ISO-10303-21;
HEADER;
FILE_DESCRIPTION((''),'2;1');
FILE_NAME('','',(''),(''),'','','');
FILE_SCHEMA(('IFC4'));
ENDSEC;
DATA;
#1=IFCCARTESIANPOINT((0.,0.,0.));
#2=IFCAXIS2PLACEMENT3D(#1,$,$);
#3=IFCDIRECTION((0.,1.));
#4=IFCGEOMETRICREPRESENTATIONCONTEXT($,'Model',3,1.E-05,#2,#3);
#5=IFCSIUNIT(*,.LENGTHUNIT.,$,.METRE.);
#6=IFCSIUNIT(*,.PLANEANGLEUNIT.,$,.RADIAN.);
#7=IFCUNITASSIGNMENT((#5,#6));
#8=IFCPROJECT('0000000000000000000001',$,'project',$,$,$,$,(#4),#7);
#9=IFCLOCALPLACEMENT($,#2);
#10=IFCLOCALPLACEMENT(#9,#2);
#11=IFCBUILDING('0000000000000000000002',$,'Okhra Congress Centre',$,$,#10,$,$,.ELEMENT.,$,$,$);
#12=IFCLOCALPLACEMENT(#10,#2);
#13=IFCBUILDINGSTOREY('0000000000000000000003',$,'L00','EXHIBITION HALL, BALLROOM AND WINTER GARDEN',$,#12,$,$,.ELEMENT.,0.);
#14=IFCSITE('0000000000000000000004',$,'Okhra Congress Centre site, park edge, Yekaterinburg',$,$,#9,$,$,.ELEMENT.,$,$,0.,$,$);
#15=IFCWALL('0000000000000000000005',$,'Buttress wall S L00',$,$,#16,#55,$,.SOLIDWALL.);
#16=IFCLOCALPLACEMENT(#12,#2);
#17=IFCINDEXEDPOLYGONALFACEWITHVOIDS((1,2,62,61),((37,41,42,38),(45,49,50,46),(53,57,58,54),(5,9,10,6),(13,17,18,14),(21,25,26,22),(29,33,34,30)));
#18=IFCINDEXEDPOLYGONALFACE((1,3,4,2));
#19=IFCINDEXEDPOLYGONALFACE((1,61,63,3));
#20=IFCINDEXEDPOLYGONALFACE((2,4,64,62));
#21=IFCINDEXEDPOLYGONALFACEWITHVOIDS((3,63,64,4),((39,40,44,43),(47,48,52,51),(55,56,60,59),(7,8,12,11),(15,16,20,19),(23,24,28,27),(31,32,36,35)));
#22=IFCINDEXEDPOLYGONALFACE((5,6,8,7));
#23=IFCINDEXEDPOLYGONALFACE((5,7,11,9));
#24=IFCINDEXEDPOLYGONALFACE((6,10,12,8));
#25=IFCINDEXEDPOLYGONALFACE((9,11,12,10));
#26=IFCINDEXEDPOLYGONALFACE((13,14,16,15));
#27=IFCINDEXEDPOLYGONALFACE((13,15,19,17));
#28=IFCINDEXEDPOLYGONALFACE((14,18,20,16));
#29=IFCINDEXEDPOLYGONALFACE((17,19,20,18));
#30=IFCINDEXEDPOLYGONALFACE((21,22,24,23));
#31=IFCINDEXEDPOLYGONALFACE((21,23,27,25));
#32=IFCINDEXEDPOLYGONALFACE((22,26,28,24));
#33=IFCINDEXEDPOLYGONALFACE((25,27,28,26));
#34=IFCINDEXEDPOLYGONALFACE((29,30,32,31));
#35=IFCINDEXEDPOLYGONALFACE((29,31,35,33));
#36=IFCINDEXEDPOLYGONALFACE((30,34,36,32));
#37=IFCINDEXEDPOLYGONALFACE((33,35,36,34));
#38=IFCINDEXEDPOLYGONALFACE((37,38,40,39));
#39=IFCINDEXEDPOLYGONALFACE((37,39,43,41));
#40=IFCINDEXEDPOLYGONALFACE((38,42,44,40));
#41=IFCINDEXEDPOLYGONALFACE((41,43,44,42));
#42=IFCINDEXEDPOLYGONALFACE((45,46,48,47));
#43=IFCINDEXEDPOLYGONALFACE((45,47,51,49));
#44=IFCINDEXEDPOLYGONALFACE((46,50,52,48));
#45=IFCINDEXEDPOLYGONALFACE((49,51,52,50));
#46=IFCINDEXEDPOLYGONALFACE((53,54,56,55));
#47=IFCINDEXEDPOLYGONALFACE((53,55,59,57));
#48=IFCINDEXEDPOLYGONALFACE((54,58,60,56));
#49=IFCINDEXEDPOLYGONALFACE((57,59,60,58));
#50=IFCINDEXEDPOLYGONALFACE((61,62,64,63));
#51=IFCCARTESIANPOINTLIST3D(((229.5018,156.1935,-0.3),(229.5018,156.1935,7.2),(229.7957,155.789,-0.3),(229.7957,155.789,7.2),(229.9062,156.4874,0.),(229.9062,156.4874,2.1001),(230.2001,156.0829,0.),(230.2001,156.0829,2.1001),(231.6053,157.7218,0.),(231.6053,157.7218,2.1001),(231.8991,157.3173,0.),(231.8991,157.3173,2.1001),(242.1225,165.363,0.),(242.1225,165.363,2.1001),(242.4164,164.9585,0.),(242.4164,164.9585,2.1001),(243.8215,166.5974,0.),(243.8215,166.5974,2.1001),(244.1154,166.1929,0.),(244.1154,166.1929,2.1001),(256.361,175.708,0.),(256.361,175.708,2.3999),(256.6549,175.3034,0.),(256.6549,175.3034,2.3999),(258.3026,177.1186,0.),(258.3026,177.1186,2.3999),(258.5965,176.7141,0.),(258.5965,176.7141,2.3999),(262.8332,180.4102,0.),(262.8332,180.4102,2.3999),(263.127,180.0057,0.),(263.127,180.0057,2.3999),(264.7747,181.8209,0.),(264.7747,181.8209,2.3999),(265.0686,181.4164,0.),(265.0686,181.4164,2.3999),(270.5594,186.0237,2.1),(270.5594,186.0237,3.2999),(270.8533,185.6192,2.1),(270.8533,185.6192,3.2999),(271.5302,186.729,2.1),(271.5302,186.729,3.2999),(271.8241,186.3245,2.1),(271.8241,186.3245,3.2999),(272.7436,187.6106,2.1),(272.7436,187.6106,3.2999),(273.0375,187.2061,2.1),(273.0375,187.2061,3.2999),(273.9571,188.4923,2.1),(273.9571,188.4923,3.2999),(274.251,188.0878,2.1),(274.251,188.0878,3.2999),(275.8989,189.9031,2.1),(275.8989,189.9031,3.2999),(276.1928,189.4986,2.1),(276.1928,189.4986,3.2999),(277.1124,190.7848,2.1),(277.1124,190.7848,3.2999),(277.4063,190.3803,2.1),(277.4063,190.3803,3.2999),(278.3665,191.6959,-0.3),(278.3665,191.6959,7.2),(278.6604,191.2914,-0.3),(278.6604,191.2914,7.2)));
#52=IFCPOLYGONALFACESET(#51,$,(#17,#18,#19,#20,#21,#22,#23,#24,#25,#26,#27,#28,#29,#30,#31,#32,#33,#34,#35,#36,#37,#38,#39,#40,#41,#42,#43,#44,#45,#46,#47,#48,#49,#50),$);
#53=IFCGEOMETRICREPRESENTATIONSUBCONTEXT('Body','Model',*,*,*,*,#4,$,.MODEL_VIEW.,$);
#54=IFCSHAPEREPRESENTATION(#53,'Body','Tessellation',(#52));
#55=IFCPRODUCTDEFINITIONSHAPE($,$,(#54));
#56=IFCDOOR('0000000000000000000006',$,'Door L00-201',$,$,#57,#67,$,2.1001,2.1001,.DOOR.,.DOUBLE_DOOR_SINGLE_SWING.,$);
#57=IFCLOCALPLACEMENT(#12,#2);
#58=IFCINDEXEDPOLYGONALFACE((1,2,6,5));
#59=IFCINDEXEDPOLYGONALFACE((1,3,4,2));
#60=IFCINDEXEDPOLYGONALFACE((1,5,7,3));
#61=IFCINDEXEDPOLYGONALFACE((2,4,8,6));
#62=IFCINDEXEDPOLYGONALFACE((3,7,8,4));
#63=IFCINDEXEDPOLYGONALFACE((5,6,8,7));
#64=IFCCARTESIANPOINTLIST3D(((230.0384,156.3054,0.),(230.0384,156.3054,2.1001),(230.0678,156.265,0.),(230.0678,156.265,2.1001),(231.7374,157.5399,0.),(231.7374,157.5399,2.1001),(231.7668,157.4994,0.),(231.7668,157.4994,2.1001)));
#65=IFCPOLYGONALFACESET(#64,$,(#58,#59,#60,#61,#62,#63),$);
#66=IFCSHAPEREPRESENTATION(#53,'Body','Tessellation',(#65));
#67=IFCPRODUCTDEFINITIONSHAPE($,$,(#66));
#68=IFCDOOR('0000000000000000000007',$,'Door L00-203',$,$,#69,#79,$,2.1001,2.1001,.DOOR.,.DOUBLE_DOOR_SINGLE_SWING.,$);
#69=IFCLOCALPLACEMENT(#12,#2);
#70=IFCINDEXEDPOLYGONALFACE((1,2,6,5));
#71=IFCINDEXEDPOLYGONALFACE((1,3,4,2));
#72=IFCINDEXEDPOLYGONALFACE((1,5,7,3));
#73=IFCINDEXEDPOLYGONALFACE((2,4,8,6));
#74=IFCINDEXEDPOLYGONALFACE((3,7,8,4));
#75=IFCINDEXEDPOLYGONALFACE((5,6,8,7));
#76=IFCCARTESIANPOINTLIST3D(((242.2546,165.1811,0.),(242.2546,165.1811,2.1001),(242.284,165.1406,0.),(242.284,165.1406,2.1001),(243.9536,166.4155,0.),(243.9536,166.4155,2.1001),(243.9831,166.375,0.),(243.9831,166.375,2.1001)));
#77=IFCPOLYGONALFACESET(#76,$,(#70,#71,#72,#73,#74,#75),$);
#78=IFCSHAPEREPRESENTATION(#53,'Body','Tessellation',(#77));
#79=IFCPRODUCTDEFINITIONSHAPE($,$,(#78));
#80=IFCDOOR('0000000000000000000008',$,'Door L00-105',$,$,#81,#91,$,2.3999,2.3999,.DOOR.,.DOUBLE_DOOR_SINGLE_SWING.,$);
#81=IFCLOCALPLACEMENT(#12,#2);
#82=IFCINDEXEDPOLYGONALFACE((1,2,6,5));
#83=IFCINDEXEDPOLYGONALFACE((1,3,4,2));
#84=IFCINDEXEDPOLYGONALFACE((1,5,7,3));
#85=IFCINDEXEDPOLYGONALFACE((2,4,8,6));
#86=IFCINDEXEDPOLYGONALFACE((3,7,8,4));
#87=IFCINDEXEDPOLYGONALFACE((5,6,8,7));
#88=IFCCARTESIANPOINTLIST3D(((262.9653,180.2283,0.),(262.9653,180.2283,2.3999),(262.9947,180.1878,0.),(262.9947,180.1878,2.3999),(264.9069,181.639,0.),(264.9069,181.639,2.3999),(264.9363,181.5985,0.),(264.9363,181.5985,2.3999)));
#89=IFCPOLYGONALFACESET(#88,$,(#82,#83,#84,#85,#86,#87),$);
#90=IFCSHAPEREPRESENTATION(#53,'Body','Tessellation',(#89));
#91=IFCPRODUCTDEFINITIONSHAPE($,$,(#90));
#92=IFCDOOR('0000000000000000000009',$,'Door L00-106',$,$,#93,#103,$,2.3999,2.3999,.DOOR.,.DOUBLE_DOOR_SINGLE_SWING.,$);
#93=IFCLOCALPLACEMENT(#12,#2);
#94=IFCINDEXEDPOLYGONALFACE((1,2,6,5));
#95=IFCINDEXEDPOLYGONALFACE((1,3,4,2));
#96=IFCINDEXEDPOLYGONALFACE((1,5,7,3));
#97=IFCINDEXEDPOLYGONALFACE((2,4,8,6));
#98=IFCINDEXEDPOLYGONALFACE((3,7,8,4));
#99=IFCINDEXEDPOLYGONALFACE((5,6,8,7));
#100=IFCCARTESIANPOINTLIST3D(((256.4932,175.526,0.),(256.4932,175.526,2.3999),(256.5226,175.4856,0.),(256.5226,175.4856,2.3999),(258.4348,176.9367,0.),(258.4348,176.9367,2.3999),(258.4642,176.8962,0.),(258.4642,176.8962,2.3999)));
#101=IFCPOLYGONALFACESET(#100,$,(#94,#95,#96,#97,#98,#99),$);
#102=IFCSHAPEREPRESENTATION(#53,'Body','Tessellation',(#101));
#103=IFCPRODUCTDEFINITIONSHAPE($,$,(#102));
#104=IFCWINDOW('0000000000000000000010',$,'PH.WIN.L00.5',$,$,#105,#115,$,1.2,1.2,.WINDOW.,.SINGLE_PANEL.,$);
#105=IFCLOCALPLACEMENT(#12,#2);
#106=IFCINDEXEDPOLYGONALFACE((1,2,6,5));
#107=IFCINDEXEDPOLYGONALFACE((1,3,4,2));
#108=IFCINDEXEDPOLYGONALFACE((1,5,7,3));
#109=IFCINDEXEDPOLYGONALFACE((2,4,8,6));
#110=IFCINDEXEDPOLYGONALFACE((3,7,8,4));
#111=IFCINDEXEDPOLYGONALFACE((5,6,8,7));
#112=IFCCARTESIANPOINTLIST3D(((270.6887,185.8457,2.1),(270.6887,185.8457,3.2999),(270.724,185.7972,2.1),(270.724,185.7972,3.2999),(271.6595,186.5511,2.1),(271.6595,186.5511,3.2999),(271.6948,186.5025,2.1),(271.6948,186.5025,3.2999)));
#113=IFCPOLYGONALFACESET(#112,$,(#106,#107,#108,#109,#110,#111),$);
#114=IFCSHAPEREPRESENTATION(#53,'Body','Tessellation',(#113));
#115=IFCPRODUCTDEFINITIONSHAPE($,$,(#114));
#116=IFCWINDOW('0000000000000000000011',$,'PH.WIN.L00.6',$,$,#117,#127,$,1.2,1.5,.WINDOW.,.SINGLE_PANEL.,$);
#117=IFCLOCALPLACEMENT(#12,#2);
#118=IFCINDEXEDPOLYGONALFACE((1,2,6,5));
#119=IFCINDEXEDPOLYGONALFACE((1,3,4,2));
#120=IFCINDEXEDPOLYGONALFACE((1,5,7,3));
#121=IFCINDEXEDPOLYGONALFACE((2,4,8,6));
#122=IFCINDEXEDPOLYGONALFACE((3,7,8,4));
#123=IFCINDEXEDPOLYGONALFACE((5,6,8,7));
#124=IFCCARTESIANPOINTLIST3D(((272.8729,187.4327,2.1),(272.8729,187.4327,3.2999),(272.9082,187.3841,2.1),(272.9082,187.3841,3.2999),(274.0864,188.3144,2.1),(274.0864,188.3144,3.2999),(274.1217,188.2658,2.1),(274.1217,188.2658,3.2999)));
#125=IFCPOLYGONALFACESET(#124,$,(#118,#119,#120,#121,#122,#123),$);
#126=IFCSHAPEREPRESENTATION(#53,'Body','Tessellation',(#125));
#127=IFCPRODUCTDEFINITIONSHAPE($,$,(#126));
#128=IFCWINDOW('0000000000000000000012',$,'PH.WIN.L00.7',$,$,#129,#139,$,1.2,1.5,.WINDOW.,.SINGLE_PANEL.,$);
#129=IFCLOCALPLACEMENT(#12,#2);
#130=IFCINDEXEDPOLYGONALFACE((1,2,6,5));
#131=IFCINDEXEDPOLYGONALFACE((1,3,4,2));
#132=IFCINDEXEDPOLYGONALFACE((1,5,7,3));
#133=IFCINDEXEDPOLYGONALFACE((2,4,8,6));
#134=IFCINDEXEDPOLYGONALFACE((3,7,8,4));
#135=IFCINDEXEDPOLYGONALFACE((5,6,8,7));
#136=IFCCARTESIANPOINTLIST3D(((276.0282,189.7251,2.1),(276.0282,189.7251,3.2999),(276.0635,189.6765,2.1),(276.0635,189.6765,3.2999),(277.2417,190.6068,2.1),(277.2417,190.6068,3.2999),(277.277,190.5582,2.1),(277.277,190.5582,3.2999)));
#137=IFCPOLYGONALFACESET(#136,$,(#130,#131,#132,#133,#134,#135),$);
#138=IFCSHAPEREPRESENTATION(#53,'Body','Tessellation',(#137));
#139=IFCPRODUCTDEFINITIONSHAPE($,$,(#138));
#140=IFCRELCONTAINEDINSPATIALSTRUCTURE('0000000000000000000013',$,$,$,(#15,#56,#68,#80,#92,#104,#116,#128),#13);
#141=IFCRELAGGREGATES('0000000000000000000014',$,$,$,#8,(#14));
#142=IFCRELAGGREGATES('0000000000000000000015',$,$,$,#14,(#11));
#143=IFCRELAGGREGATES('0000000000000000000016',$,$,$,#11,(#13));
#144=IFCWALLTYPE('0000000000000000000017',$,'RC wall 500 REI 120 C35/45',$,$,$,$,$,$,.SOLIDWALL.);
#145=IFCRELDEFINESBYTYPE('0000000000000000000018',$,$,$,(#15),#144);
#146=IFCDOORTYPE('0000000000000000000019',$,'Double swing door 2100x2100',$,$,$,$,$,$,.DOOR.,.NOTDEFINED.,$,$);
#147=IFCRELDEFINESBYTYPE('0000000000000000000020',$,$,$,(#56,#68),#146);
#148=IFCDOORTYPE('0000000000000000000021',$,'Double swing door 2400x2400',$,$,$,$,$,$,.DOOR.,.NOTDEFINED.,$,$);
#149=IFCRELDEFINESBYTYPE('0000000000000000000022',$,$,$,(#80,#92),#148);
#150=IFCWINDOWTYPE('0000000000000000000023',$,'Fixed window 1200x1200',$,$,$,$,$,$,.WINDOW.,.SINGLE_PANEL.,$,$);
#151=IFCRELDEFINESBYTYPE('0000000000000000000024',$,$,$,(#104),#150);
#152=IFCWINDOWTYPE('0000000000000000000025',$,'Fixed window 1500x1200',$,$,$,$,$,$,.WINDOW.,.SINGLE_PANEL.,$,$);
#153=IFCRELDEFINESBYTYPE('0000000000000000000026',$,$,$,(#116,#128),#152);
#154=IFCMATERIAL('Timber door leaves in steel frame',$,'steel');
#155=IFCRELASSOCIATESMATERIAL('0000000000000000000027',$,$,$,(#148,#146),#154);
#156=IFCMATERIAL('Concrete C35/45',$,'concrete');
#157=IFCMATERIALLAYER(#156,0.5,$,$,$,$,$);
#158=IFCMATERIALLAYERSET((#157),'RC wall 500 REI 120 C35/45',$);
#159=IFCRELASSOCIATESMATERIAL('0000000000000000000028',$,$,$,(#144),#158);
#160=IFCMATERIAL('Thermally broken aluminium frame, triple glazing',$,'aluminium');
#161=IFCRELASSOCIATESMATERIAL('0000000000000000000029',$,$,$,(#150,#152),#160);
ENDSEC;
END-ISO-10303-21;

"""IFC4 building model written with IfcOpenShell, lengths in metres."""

from ifc_helpers import new_model, si_unit, direction, frame, frame_2d, origin, place, context, subcontext, project, spatial, rectangle, extrude, material, layer, layer_set, type_object, element, fill, save


model = new_model("IFC4")

# Units and contexts
model_context = context("Model", 3, precision=1e-05, world=origin(), true_north=direction((0.0, 1.0)))
body_context = subcontext(model_context, "Body", "Model", "MODEL_VIEW")
ifc_project = project(units=[si_unit("LENGTHUNIT", "METRE"), si_unit("PLANEANGLEUNIT", "RADIAN")], contexts=[model_context])

# Site, building, storey
site_placement = place(None, origin())
site = spatial("IfcSite", under=ifc_project, at=site_placement, Name="Okhra Congress Centre site, park edge, Yekaterinburg", CompositionType="ELEMENT", RefElevation=0.0)
building_placement = place(site_placement, origin())
building = spatial("IfcBuilding", under=site, at=building_placement, Name="Okhra Congress Centre", CompositionType="ELEMENT")
storey_placement = place(building_placement, origin())
storey = spatial("IfcBuildingStorey", under=building, at=storey_placement, Name="L00", Description="EXHIBITION HALL, BALLROOM AND WINTER GARDEN", CompositionType="ELEMENT", Elevation=0.0)

# Shared definitions
ifc_material_1 = material(Name="Concrete C35/45", Category="concrete")

# Shared definitions
ifc_material_2 = material(Name="Timber door leaves in steel frame", Category="steel")
door_type_1 = type_object("IfcDoorType", Name="Double swing door 2400x2400", OperationType="NOTDEFINED", PredefinedType="DOOR", material=ifc_material_2)

# Wall, openings, doors, windows
ifc_layer_1 = layer(ifc_material_1, 0.5)
ifc_layer_set_1 = layer_set([ifc_layer_1], Name="RC wall 500 REI 120 C35/45")
wall_type_1 = type_object("IfcWallType", Name="RC wall 500 REI 120 C35/45", PredefinedType="SOLIDWALL", material=ifc_layer_set_1)
wall_1_placement = place(storey_placement, frame((229.6487, 155.9912, -0.3), z_axis=(0.0, 0.0, 1.0), x_axis=(0.809016, 0.587787, 0.0)))
wall_1 = element("IfcWall", 1, at=wall_1_placement, inside=storey, type_object=wall_type_1, Name="Buttress wall S L00", PredefinedType="SOLIDWALL", context=body_context, shape_type="SweptSolid", body=[
    extrude(rectangle(XDim=60.4001, YDim=0.5, at=frame_2d((30.2002, 0.0))), origin(), (0.0, 0.0, 1.0), 7.5),
])
opening_1_placement = place(wall_1_placement, frame((41.2, 0.0, 0.3)))
opening_1 = element("IfcOpeningElement", 2, at=opening_1_placement, cuts=wall_1, PredefinedType="OPENING", context=body_context, shape_type="SweptSolid", body=[
    extrude(rectangle(XDim=2.3999, YDim=2.3999, at=frame_2d((1.2, 1.2))), frame((0.0, 0.26, 0.0), z_axis=(0.0, -1.0, 0.0), x_axis=(1.0, 0.0, 0.0)), (0.0, 0.0, 1.0), 0.52),
])
opening_2_placement = place(wall_1_placement, frame((33.2, 0.0, 0.3)))
opening_2 = element("IfcOpeningElement", 3, at=opening_2_placement, cuts=wall_1, PredefinedType="OPENING", context=body_context, shape_type="SweptSolid", body=[
    extrude(rectangle(XDim=2.3999, YDim=2.3999, at=frame_2d((1.2, 1.2))), frame((0.0, 0.26, 0.0), z_axis=(0.0, -1.0, 0.0), x_axis=(1.0, 0.0, 0.0)), (0.0, 0.0, 1.0), 0.52),
])
opening_3_placement = place(wall_1_placement, frame((0.5, 0.0, 0.3)))
opening_3 = element("IfcOpeningElement", 4, at=opening_3_placement, cuts=wall_1, PredefinedType="OPENING", context=body_context, shape_type="SweptSolid", body=[
    extrude(rectangle(XDim=2.1001, YDim=2.1001, at=frame_2d((1.05, 1.05))), frame((0.0, 0.26, 0.0), z_axis=(0.0, -1.0, 0.0), x_axis=(1.0, 0.0, 0.0)), (0.0, 0.0, 1.0), 0.52),
])
opening_4_placement = place(wall_1_placement, frame((15.6001, 0.0, 0.3)))
opening_4 = element("IfcOpeningElement", 5, at=opening_4_placement, cuts=wall_1, PredefinedType="OPENING", context=body_context, shape_type="SweptSolid", body=[
    extrude(rectangle(XDim=2.1001, YDim=2.1001, at=frame_2d((1.05, 1.05))), frame((0.0, 0.26, 0.0), z_axis=(0.0, -1.0, 0.0), x_axis=(1.0, 0.0, 0.0)), (0.0, 0.0, 1.0), 0.52),
])
opening_5_placement = place(wall_1_placement, frame((50.75, 0.0, 2.3999)))
opening_5 = element("IfcOpeningElement", 6, at=opening_5_placement, cuts=wall_1, PredefinedType="OPENING", context=body_context, shape_type="SweptSolid", body=[
    extrude(rectangle(XDim=1.2, YDim=1.2, at=frame_2d((0.6001, 0.6001))), frame((0.0, 0.26, 0.0), z_axis=(0.0, -1.0, 0.0), x_axis=(1.0, 0.0, 0.0)), (0.0, 0.0, 1.0), 0.52),
])
opening_6_placement = place(wall_1_placement, frame((53.45, 0.0, 2.3999)))
opening_6 = element("IfcOpeningElement", 7, at=opening_6_placement, cuts=wall_1, PredefinedType="OPENING", context=body_context, shape_type="SweptSolid", body=[
    extrude(rectangle(XDim=1.5, YDim=1.2, at=frame_2d((0.75, 0.6001))), frame((0.0, 0.26, 0.0), z_axis=(0.0, -1.0, 0.0), x_axis=(1.0, 0.0, 0.0)), (0.0, 0.0, 1.0), 0.52),
])
opening_7_placement = place(wall_1_placement, frame((57.3501, 0.0, 2.3999)))
opening_7 = element("IfcOpeningElement", 8, at=opening_7_placement, cuts=wall_1, PredefinedType="OPENING", context=body_context, shape_type="SweptSolid", body=[
    extrude(rectangle(XDim=1.5, YDim=1.2, at=frame_2d((0.75, 0.6001))), frame((0.0, 0.26, 0.0), z_axis=(0.0, -1.0, 0.0), x_axis=(1.0, 0.0, 0.0)), (0.0, 0.0, 1.0), 0.52),
])
door_type_2 = type_object("IfcDoorType", Name="Double swing door 2100x2100", OperationType="NOTDEFINED", PredefinedType="DOOR", material=ifc_material_2)
door_1_placement = place(opening_3_placement, frame((2.1001, 0.0, 0.0), z_axis=(0.0, 0.0, 1.0), x_axis=(-1.0, 0.0, 0.0)))
door_1 = element("IfcDoor", 9, at=door_1_placement, inside=storey, type_object=door_type_2, Name="Door L00-201", OperationType="DOUBLE_DOOR_SINGLE_SWING", OverallHeight=2.1001, OverallWidth=2.1001, PredefinedType="DOOR", context=body_context, shape_type="SweptSolid", body=[
    extrude(rectangle(XDim=2.1001, YDim=2.1001, at=frame_2d((1.05, 1.05))), frame((0.0, 0.0249, 0.0), z_axis=(0.0, -1.0, 0.0), x_axis=(1.0, 0.0, 0.0)), (0.0, 0.0, 1.0), 0.05),
])
fill(opening_3, door_1)
door_2_placement = place(opening_4_placement, frame((2.1001, 0.0, 0.0), z_axis=(0.0, 0.0, 1.0), x_axis=(-1.0, 0.0, 0.0)))
door_2 = element("IfcDoor", 10, at=door_2_placement, inside=storey, type_object=door_type_2, Name="Door L00-203", OperationType="DOUBLE_DOOR_SINGLE_SWING", OverallHeight=2.1001, OverallWidth=2.1001, PredefinedType="DOOR", context=body_context, shape_type="SweptSolid", body=[
    extrude(rectangle(XDim=2.1001, YDim=2.1001, at=frame_2d((1.05, 1.05))), frame((0.0, 0.0249, 0.0), z_axis=(0.0, -1.0, 0.0), x_axis=(1.0, 0.0, 0.0)), (0.0, 0.0, 1.0), 0.05),
])
fill(opening_4, door_2)
door_3_placement = place(opening_1_placement, frame((2.3999, 0.0, 0.0), z_axis=(0.0, 0.0, 1.0), x_axis=(-1.0, 0.0, 0.0)))
door_3 = element("IfcDoor", 11, at=door_3_placement, inside=storey, type_object=door_type_1, Name="Door L00-105", OperationType="DOUBLE_DOOR_SINGLE_SWING", OverallHeight=2.3999, OverallWidth=2.3999, PredefinedType="DOOR", context=body_context, shape_type="SweptSolid", body=[
    extrude(rectangle(XDim=2.3999, YDim=2.3999, at=frame_2d((1.2, 1.2))), frame((0.0, 0.0249, 0.0), z_axis=(0.0, -1.0, 0.0), x_axis=(1.0, 0.0, 0.0)), (0.0, 0.0, 1.0), 0.05),
])
fill(opening_1, door_3)
door_4_placement = place(opening_2_placement, frame((2.3999, 0.0, 0.0), z_axis=(0.0, 0.0, 1.0), x_axis=(-1.0, 0.0, 0.0)))
door_4 = element("IfcDoor", 12, at=door_4_placement, inside=storey, type_object=door_type_1, Name="Door L00-106", OperationType="DOUBLE_DOOR_SINGLE_SWING", OverallHeight=2.3999, OverallWidth=2.3999, PredefinedType="DOOR", context=body_context, shape_type="SweptSolid", body=[
    extrude(rectangle(XDim=2.3999, YDim=2.3999, at=frame_2d((1.2, 1.2))), frame((0.0, 0.0249, 0.0), z_axis=(0.0, -1.0, 0.0), x_axis=(1.0, 0.0, 0.0)), (0.0, 0.0, 1.0), 0.05),
])
fill(opening_2, door_4)
ifc_material_3 = material(Name="Thermally broken aluminium frame, triple glazing", Category="aluminium")
window_type_1 = type_object("IfcWindowType", Name="Fixed window 1200x1200", PartitioningType="SINGLE_PANEL", PredefinedType="WINDOW", material=ifc_material_3)
window_1_placement = place(opening_5_placement, origin())
window_1 = element("IfcWindow", 13, at=window_1_placement, inside=storey, type_object=window_type_1, Name="PH.WIN.L00.5", OverallHeight=1.2, OverallWidth=1.2, PartitioningType="SINGLE_PANEL", PredefinedType="WINDOW", context=body_context, shape_type="SweptSolid", body=[
    extrude(rectangle(XDim=1.2, YDim=1.2, at=frame_2d((0.6001, 0.6001))), frame((0.0, 0.03, 0.0), z_axis=(0.0, -1.0, 0.0), x_axis=(1.0, 0.0, 0.0)), (0.0, 0.0, 1.0), 0.0601),
])
fill(opening_5, window_1)
window_type_2 = type_object("IfcWindowType", Name="Fixed window 1500x1200", PartitioningType="SINGLE_PANEL", PredefinedType="WINDOW", material=ifc_material_3)
window_2_placement = place(opening_6_placement, origin())
window_2 = element("IfcWindow", 14, at=window_2_placement, inside=storey, type_object=window_type_2, Name="PH.WIN.L00.6", OverallHeight=1.2, OverallWidth=1.5, PartitioningType="SINGLE_PANEL", PredefinedType="WINDOW", context=body_context, shape_type="SweptSolid", body=[
    extrude(rectangle(XDim=1.5, YDim=1.2, at=frame_2d((0.75, 0.6001))), frame((0.0, 0.03, 0.0), z_axis=(0.0, -1.0, 0.0), x_axis=(1.0, 0.0, 0.0)), (0.0, 0.0, 1.0), 0.0601),
])
fill(opening_6, window_2)
window_3_placement = place(opening_7_placement, origin())
window_3 = element("IfcWindow", 15, at=window_3_placement, inside=storey, type_object=window_type_2, Name="PH.WIN.L00.7", OverallHeight=1.2, OverallWidth=1.5, PartitioningType="SINGLE_PANEL", PredefinedType="WINDOW", context=body_context, shape_type="SweptSolid", body=[
    extrude(rectangle(XDim=1.5, YDim=1.2, at=frame_2d((0.75, 0.6001))), frame((0.0, 0.03, 0.0), z_axis=(0.0, -1.0, 0.0), x_axis=(1.0, 0.0, 0.0)), (0.0, 0.0, 1.0), 0.0601),
])
fill(opening_7, window_3)

save(model, "model.ifc")
